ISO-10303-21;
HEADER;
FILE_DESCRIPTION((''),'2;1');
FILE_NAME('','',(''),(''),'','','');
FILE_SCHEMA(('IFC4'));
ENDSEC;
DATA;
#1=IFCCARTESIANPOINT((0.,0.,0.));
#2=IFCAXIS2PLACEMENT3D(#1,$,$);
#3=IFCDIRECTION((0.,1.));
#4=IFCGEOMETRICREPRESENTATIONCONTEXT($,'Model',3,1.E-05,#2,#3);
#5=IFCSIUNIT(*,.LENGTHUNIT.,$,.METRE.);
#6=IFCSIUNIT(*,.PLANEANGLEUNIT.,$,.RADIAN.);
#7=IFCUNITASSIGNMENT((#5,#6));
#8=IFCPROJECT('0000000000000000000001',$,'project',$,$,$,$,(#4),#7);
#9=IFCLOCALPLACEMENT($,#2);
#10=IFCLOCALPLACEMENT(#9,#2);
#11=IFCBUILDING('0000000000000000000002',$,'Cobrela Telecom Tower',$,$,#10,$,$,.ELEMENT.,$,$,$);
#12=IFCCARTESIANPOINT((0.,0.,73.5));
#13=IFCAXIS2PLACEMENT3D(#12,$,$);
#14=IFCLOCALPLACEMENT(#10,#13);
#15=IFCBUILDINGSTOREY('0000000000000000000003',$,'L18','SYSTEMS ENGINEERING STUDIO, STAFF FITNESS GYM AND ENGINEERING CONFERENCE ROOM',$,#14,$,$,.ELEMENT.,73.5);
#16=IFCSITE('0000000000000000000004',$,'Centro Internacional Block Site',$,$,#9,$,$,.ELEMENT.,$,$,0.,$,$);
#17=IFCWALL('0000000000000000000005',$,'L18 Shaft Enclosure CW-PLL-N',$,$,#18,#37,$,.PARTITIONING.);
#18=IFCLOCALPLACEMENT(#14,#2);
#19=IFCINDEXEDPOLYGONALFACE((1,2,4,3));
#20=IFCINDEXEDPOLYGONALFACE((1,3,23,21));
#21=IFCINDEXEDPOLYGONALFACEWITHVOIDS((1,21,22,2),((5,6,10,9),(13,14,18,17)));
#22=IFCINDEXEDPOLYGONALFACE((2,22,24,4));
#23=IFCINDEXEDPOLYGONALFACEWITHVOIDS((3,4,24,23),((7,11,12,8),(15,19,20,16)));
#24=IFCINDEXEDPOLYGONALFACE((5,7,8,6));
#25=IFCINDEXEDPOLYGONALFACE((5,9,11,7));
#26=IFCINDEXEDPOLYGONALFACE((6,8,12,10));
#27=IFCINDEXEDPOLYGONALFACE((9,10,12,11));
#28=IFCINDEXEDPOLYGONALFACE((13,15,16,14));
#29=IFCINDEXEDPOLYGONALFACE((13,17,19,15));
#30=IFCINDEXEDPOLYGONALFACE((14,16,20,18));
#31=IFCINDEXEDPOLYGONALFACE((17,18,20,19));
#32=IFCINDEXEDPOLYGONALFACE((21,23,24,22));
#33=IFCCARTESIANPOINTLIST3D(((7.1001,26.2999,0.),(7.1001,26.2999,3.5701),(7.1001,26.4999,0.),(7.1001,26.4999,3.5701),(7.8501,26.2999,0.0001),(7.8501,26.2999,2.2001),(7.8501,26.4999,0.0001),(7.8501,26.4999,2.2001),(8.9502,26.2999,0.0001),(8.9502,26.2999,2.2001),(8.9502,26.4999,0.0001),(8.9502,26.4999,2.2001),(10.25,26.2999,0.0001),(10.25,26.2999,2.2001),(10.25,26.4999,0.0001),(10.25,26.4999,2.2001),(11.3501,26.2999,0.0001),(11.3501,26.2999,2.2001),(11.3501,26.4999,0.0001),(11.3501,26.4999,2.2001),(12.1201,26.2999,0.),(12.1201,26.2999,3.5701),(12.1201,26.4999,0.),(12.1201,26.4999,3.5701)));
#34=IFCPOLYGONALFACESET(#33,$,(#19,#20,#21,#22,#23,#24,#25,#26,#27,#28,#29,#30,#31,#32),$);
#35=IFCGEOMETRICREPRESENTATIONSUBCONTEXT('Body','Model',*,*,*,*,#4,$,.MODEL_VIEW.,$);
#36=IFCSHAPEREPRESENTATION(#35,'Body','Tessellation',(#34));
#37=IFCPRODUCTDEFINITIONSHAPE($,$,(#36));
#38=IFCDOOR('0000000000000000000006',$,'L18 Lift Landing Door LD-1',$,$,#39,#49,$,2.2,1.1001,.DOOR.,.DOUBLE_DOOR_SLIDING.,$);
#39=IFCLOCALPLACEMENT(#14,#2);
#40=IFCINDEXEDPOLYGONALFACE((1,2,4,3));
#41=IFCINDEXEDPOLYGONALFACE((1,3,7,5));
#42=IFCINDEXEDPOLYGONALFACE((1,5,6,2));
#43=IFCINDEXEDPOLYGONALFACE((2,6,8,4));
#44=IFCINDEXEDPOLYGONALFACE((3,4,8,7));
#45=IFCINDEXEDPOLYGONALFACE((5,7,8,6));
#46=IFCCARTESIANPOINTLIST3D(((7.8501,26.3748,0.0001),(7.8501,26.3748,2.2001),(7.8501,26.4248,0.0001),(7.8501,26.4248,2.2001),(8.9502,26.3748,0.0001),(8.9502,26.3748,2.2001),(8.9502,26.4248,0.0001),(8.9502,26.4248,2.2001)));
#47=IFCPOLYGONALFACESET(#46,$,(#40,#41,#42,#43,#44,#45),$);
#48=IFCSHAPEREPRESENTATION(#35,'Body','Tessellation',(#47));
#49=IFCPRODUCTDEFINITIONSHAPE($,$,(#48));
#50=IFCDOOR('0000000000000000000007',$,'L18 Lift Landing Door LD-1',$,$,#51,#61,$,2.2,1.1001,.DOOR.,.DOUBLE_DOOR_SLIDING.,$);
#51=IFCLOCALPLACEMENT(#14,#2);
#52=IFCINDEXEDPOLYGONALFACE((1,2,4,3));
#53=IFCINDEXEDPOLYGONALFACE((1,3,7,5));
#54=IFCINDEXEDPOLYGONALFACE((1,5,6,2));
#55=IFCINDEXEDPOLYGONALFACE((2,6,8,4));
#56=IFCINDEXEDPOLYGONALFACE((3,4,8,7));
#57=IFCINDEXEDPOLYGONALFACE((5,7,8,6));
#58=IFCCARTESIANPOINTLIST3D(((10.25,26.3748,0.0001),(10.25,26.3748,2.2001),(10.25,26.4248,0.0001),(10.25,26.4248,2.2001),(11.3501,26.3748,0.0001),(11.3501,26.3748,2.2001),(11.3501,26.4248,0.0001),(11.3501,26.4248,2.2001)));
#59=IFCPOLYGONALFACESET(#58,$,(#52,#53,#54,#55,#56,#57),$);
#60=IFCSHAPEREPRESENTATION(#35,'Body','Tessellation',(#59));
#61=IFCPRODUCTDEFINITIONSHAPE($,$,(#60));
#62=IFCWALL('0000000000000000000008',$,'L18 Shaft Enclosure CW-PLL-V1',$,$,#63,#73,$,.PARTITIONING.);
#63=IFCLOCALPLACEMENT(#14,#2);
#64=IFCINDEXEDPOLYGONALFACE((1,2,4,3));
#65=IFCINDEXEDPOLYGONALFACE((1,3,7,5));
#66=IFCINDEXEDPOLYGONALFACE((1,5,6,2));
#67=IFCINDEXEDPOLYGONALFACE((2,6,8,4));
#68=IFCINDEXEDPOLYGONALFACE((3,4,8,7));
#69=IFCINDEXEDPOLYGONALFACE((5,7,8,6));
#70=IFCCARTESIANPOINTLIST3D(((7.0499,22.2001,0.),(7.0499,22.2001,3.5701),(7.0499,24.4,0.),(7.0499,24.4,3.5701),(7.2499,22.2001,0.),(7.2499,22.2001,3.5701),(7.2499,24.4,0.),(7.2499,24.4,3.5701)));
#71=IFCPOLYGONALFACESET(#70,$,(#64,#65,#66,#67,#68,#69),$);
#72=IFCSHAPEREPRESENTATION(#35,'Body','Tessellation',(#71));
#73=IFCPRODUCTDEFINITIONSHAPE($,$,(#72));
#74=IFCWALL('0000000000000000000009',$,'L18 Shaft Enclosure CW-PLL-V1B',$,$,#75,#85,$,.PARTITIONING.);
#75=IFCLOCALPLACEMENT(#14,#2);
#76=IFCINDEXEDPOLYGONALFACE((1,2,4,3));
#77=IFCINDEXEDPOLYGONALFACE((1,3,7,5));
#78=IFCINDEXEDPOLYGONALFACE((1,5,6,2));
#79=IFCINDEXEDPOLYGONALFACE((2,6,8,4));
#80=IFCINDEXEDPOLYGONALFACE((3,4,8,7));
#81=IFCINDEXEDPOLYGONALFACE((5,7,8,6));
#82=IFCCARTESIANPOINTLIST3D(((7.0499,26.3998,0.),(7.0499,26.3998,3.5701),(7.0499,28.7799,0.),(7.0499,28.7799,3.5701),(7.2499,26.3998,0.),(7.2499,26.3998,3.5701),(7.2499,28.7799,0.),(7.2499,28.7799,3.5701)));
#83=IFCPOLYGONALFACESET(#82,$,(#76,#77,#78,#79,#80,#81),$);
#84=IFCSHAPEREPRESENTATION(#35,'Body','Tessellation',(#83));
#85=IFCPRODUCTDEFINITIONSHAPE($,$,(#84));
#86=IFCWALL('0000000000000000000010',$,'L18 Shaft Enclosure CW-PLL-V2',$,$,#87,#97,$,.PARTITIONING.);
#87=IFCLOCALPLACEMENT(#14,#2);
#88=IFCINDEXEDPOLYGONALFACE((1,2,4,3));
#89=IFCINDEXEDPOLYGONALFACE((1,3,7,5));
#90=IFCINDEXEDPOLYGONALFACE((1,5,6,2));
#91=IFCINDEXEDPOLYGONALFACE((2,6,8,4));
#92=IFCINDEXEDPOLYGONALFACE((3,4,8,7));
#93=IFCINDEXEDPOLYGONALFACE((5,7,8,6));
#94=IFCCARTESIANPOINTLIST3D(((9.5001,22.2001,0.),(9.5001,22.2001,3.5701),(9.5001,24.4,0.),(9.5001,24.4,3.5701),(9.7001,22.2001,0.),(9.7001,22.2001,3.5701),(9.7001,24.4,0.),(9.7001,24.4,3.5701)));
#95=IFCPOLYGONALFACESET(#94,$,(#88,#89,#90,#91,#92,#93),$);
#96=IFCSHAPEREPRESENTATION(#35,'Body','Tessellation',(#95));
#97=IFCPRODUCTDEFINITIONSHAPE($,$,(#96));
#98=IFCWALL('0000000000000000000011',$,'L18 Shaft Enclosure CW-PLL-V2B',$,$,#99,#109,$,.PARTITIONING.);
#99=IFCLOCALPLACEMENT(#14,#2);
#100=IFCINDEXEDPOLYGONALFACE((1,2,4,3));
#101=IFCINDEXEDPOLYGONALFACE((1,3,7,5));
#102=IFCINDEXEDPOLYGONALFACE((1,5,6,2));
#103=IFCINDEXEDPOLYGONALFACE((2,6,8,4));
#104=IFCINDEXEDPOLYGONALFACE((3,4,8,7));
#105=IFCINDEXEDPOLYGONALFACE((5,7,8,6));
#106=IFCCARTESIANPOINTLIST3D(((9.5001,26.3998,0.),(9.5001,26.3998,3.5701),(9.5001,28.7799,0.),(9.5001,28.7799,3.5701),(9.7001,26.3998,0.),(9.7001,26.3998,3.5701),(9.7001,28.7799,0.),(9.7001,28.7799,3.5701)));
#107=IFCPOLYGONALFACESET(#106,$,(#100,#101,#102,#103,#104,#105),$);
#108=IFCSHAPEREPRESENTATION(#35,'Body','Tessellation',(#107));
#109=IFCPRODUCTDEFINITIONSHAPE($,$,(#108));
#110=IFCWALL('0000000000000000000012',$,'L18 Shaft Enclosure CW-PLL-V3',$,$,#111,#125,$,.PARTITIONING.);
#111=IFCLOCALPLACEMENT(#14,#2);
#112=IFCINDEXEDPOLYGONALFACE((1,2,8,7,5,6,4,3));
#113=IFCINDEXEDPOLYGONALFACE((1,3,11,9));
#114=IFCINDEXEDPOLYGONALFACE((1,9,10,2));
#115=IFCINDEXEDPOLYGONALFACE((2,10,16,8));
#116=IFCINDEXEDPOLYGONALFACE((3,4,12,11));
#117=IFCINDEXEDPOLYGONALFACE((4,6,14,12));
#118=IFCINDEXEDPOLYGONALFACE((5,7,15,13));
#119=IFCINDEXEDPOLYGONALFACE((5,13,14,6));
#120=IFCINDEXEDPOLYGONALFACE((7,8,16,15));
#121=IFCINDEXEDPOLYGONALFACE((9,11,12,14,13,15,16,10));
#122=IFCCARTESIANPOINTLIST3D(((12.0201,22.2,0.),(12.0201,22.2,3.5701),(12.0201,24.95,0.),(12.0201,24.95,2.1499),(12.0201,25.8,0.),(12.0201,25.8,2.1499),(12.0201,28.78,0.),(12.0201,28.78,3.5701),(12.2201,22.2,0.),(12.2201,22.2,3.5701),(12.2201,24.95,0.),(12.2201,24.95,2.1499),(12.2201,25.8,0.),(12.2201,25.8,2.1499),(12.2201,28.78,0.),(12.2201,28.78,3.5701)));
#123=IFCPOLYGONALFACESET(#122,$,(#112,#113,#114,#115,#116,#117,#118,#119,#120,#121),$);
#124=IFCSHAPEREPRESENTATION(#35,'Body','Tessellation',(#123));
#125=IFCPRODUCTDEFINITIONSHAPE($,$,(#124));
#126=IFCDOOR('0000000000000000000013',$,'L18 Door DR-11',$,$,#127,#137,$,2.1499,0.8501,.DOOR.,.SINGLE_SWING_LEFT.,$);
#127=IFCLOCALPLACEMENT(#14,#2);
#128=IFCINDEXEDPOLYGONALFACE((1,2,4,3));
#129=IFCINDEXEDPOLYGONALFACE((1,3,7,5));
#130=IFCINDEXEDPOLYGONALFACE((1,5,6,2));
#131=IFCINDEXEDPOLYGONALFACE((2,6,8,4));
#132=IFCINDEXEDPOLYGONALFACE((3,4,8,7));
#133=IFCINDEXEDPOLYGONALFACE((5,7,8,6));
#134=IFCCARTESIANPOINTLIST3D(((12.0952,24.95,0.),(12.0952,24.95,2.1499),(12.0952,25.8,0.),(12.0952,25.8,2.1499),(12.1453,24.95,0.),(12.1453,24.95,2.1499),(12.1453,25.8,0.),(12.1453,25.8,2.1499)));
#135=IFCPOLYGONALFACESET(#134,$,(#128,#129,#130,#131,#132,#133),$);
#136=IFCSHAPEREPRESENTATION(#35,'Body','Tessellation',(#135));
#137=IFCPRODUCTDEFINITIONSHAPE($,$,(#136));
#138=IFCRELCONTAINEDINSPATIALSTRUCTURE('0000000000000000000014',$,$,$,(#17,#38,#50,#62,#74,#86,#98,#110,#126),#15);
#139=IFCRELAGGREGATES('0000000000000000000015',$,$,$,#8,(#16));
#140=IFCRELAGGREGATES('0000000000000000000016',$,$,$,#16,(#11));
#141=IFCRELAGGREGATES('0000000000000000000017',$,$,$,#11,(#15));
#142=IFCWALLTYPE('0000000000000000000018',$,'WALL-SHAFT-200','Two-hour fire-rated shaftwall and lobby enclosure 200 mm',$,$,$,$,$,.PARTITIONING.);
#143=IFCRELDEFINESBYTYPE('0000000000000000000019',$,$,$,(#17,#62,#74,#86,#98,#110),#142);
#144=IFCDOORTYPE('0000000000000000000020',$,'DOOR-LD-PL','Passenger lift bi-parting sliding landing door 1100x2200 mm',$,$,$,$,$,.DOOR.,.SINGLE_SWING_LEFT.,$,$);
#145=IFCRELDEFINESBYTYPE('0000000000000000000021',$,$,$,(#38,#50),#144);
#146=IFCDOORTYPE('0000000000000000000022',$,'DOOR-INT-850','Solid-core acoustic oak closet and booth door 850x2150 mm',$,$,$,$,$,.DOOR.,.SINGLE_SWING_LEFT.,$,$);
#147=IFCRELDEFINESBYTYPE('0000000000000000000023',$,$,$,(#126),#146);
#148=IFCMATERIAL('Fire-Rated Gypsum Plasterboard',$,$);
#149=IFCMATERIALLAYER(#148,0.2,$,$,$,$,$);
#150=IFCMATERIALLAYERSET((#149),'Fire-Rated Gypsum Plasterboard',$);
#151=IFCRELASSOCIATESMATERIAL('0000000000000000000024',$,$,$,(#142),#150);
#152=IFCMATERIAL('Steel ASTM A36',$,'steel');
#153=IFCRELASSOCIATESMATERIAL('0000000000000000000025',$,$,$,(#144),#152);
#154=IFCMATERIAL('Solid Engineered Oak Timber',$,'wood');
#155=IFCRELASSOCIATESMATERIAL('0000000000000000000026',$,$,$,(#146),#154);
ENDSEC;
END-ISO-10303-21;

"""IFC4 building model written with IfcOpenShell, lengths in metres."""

from ifc_helpers import new_model, si_unit, direction, frame, frame_2d, origin, place, context, subcontext, project, spatial, rectangle, extrude, material, layer, layer_set, type_object, element, fill, save


model = new_model("IFC4")

# Units and contexts
model_context = context("Model", 3, precision=1e-05, world=origin(), true_north=direction((0.0, 1.0)))
body_context = subcontext(model_context, "Body", "Model", "MODEL_VIEW")
ifc_project = project(units=[si_unit("LENGTHUNIT", "METRE"), si_unit("PLANEANGLEUNIT", "RADIAN")], contexts=[model_context])

# Site, building, storey
site_placement = place(None, origin())
site = spatial("IfcSite", under=ifc_project, at=site_placement, Name="Centro Internacional Block Site", CompositionType="ELEMENT", RefElevation=0.0)
building_placement = place(site_placement, origin())
building = spatial("IfcBuilding", under=site, at=building_placement, Name="Cobrela Telecom Tower", CompositionType="ELEMENT")
storey_placement = place(building_placement, frame((0.0, 0.0, 73.5)))
storey = spatial("IfcBuildingStorey", under=building, at=storey_placement, Name="L18", Description="SYSTEMS ENGINEERING STUDIO, STAFF FITNESS GYM AND ENGINEERING CONFERENCE ROOM", CompositionType="ELEMENT", Elevation=73.5)

# Shared definitions
ifc_material_1 = material(Name="Steel ASTM A36", Category="steel")

# Shared definitions
ifc_material_2 = material(Name="Fire-Rated Gypsum Plasterboard")

# Shared definitions
ifc_layer_1 = layer(ifc_material_2, 0.2)
ifc_layer_set_1 = layer_set([ifc_layer_1], Name="Fire-Rated Gypsum Plasterboard")
wall_type_1 = type_object("IfcWallType", Name="WALL-SHAFT-200", Description="Two-hour fire-rated shaftwall and lobby enclosure 200 mm", PredefinedType="PARTITIONING", material=ifc_layer_set_1)

# Wall, openings, doors
wall_1_placement = place(storey_placement, frame((7.1001, 26.3999, 0.0), z_axis=(0.0, 0.0, 1.0), x_axis=(1.0, 0.0, 0.0)))
wall_1 = element("IfcWall", 1, at=wall_1_placement, inside=storey, type_object=wall_type_1, Name="L18 Shaft Enclosure CW-PLL-N", PredefinedType="PARTITIONING", context=body_context, shape_type="SweptSolid", body=[
    extrude(rectangle(XDim=5.02, YDim=0.2, at=frame_2d((2.51, 0.0))), origin(), (0.0, 0.0, 1.0), 3.5701),
])
opening_1_placement = place(wall_1_placement, frame((0.75, 0.0, 0.0)))
opening_1 = element("IfcOpeningElement", 2, at=opening_1_placement, cuts=wall_1, PredefinedType="OPENING", context=body_context, shape_type="SweptSolid", body=[
    extrude(rectangle(XDim=1.1001, YDim=2.2, at=frame_2d((0.55, 1.1001))), frame((0.0, 0.1118, 0.0), z_axis=(0.0, -1.0, 0.0), x_axis=(1.0, 0.0, 0.0)), (0.0, 0.0, 1.0), 0.2239),
])
opening_2_placement = place(wall_1_placement, frame((3.1499, 0.0, 0.0)))
opening_2 = element("IfcOpeningElement", 3, at=opening_2_placement, cuts=wall_1, PredefinedType="OPENING", context=body_context, shape_type="SweptSolid", body=[
    extrude(rectangle(XDim=1.1001, YDim=2.2, at=frame_2d((0.55, 1.1001))), frame((0.0, 0.1118, 0.0), z_axis=(0.0, -1.0, 0.0), x_axis=(1.0, 0.0, 0.0)), (0.0, 0.0, 1.0), 0.2239),
])
door_type_1 = type_object("IfcDoorType", Name="DOOR-LD-PL", Description="Passenger lift bi-parting sliding landing door 1100x2200 mm", OperationType="SINGLE_SWING_LEFT", PredefinedType="DOOR", material=ifc_material_1)
door_1_placement = place(opening_1_placement, origin())
door_1 = element("IfcDoor", 4, at=door_1_placement, inside=storey, type_object=door_type_1, Name="L18 Lift Landing Door LD-1", OperationType="DOUBLE_DOOR_SLIDING", OverallHeight=2.2, OverallWidth=1.1001, PredefinedType="DOOR", context=body_context, shape_type="SweptSolid", body=[
    extrude(rectangle(XDim=1.1001, YDim=2.2, at=frame_2d((0.55, 1.1001))), frame((0.0, 0.0249, 0.0), z_axis=(0.0, -1.0, 0.0), x_axis=(1.0, 0.0, 0.0)), (0.0, 0.0, 1.0), 0.05),
])
fill(opening_1, door_1)
door_2_placement = place(opening_2_placement, origin())
door_2 = element("IfcDoor", 5, at=door_2_placement, inside=storey, type_object=door_type_1, Name="L18 Lift Landing Door LD-1", OperationType="DOUBLE_DOOR_SLIDING", OverallHeight=2.2, OverallWidth=1.1001, PredefinedType="DOOR", context=body_context, shape_type="SweptSolid", body=[
    extrude(rectangle(XDim=1.1001, YDim=2.2, at=frame_2d((0.55, 1.1001))), frame((0.0, 0.0249, 0.0), z_axis=(0.0, -1.0, 0.0), x_axis=(1.0, 0.0, 0.0)), (0.0, 0.0, 1.0), 0.05),
])
fill(opening_2, door_2)

# Walls
wall_2_placement = place(storey_placement, frame((7.1499, 22.2, 0.0), z_axis=(0.0, 0.0, 1.0), x_axis=(0.0, 1.0, 0.0)))
element("IfcWall", 6, at=wall_2_placement, inside=storey, type_object=wall_type_1, Name="L18 Shaft Enclosure CW-PLL-V1", PredefinedType="PARTITIONING", context=body_context, shape_type="SweptSolid", body=[
    extrude(rectangle(XDim=2.2, YDim=0.2, at=frame_2d((1.1001, 0.0))), origin(), (0.0, 0.0, 1.0), 3.5701),
])
wall_3_placement = place(storey_placement, frame((7.1499, 26.3999, 0.0), z_axis=(0.0, 0.0, 1.0), x_axis=(0.0, 1.0, 0.0)))
element("IfcWall", 7, at=wall_3_placement, inside=storey, type_object=wall_type_1, Name="L18 Shaft Enclosure CW-PLL-V1B", PredefinedType="PARTITIONING", context=body_context, shape_type="SweptSolid", body=[
    extrude(rectangle(XDim=2.3801, YDim=0.2, at=frame_2d((1.1899, 0.0))), origin(), (0.0, 0.0, 1.0), 3.5701),
])
wall_4_placement = place(storey_placement, frame((9.6001, 22.2, 0.0), z_axis=(0.0, 0.0, 1.0), x_axis=(0.0, 1.0, 0.0)))
element("IfcWall", 8, at=wall_4_placement, inside=storey, type_object=wall_type_1, Name="L18 Shaft Enclosure CW-PLL-V2", PredefinedType="PARTITIONING", context=body_context, shape_type="SweptSolid", body=[
    extrude(rectangle(XDim=2.2, YDim=0.2, at=frame_2d((1.1001, 0.0))), origin(), (0.0, 0.0, 1.0), 3.5701),
])
wall_5_placement = place(storey_placement, frame((9.6001, 26.3999, 0.0), z_axis=(0.0, 0.0, 1.0), x_axis=(0.0, 1.0, 0.0)))
element("IfcWall", 9, at=wall_5_placement, inside=storey, type_object=wall_type_1, Name="L18 Shaft Enclosure CW-PLL-V2B", PredefinedType="PARTITIONING", context=body_context, shape_type="SweptSolid", body=[
    extrude(rectangle(XDim=2.3801, YDim=0.2, at=frame_2d((1.1899, 0.0))), origin(), (0.0, 0.0, 1.0), 3.5701),
])

# Wall, opening, door
wall_6_placement = place(storey_placement, frame((12.1201, 22.2, 0.0), z_axis=(0.0, 0.0, 1.0), x_axis=(0.0, 1.0, 0.0)))
wall_6 = element("IfcWall", 10, at=wall_6_placement, inside=storey, type_object=wall_type_1, Name="L18 Shaft Enclosure CW-PLL-V3", PredefinedType="PARTITIONING", context=body_context, shape_type="SweptSolid", body=[
    extrude(rectangle(XDim=6.5801, YDim=0.2, at=frame_2d((3.29, 0.0))), origin(), (0.0, 0.0, 1.0), 3.5701),
])
opening_3_placement = place(wall_6_placement, frame((2.75, 0.0, 0.0)))
opening_3 = element("IfcOpeningElement", 11, at=opening_3_placement, cuts=wall_6, PredefinedType="OPENING", context=body_context, shape_type="SweptSolid", body=[
    extrude(rectangle(XDim=0.8501, YDim=2.1499, at=frame_2d((0.425, 1.075))), frame((0.0, 0.1118, 0.0), z_axis=(0.0, -1.0, 0.0), x_axis=(1.0, 0.0, 0.0)), (0.0, 0.0, 1.0), 0.2239),
])
ifc_material_3 = material(Name="Solid Engineered Oak Timber", Category="wood")
door_type_2 = type_object("IfcDoorType", Name="DOOR-INT-850", Description="Solid-core acoustic oak closet and booth door 850x2150 mm", OperationType="SINGLE_SWING_LEFT", PredefinedType="DOOR", material=ifc_material_3)
door_3_placement = place(opening_3_placement, origin())
door_3 = element("IfcDoor", 12, at=door_3_placement, inside=storey, type_object=door_type_2, Name="L18 Door DR-11", OperationType="SINGLE_SWING_LEFT", OverallHeight=2.1499, OverallWidth=0.8501, PredefinedType="DOOR", context=body_context, shape_type="SweptSolid", body=[
    extrude(rectangle(XDim=0.8501, YDim=2.1499, at=frame_2d((0.425, 1.075))), frame((0.0, 0.0249, 0.0), z_axis=(0.0, -1.0, 0.0), x_axis=(1.0, 0.0, 0.0)), (0.0, 0.0, 1.0), 0.05),
])
fill(opening_3, door_3)

save(model, "model.ifc")
